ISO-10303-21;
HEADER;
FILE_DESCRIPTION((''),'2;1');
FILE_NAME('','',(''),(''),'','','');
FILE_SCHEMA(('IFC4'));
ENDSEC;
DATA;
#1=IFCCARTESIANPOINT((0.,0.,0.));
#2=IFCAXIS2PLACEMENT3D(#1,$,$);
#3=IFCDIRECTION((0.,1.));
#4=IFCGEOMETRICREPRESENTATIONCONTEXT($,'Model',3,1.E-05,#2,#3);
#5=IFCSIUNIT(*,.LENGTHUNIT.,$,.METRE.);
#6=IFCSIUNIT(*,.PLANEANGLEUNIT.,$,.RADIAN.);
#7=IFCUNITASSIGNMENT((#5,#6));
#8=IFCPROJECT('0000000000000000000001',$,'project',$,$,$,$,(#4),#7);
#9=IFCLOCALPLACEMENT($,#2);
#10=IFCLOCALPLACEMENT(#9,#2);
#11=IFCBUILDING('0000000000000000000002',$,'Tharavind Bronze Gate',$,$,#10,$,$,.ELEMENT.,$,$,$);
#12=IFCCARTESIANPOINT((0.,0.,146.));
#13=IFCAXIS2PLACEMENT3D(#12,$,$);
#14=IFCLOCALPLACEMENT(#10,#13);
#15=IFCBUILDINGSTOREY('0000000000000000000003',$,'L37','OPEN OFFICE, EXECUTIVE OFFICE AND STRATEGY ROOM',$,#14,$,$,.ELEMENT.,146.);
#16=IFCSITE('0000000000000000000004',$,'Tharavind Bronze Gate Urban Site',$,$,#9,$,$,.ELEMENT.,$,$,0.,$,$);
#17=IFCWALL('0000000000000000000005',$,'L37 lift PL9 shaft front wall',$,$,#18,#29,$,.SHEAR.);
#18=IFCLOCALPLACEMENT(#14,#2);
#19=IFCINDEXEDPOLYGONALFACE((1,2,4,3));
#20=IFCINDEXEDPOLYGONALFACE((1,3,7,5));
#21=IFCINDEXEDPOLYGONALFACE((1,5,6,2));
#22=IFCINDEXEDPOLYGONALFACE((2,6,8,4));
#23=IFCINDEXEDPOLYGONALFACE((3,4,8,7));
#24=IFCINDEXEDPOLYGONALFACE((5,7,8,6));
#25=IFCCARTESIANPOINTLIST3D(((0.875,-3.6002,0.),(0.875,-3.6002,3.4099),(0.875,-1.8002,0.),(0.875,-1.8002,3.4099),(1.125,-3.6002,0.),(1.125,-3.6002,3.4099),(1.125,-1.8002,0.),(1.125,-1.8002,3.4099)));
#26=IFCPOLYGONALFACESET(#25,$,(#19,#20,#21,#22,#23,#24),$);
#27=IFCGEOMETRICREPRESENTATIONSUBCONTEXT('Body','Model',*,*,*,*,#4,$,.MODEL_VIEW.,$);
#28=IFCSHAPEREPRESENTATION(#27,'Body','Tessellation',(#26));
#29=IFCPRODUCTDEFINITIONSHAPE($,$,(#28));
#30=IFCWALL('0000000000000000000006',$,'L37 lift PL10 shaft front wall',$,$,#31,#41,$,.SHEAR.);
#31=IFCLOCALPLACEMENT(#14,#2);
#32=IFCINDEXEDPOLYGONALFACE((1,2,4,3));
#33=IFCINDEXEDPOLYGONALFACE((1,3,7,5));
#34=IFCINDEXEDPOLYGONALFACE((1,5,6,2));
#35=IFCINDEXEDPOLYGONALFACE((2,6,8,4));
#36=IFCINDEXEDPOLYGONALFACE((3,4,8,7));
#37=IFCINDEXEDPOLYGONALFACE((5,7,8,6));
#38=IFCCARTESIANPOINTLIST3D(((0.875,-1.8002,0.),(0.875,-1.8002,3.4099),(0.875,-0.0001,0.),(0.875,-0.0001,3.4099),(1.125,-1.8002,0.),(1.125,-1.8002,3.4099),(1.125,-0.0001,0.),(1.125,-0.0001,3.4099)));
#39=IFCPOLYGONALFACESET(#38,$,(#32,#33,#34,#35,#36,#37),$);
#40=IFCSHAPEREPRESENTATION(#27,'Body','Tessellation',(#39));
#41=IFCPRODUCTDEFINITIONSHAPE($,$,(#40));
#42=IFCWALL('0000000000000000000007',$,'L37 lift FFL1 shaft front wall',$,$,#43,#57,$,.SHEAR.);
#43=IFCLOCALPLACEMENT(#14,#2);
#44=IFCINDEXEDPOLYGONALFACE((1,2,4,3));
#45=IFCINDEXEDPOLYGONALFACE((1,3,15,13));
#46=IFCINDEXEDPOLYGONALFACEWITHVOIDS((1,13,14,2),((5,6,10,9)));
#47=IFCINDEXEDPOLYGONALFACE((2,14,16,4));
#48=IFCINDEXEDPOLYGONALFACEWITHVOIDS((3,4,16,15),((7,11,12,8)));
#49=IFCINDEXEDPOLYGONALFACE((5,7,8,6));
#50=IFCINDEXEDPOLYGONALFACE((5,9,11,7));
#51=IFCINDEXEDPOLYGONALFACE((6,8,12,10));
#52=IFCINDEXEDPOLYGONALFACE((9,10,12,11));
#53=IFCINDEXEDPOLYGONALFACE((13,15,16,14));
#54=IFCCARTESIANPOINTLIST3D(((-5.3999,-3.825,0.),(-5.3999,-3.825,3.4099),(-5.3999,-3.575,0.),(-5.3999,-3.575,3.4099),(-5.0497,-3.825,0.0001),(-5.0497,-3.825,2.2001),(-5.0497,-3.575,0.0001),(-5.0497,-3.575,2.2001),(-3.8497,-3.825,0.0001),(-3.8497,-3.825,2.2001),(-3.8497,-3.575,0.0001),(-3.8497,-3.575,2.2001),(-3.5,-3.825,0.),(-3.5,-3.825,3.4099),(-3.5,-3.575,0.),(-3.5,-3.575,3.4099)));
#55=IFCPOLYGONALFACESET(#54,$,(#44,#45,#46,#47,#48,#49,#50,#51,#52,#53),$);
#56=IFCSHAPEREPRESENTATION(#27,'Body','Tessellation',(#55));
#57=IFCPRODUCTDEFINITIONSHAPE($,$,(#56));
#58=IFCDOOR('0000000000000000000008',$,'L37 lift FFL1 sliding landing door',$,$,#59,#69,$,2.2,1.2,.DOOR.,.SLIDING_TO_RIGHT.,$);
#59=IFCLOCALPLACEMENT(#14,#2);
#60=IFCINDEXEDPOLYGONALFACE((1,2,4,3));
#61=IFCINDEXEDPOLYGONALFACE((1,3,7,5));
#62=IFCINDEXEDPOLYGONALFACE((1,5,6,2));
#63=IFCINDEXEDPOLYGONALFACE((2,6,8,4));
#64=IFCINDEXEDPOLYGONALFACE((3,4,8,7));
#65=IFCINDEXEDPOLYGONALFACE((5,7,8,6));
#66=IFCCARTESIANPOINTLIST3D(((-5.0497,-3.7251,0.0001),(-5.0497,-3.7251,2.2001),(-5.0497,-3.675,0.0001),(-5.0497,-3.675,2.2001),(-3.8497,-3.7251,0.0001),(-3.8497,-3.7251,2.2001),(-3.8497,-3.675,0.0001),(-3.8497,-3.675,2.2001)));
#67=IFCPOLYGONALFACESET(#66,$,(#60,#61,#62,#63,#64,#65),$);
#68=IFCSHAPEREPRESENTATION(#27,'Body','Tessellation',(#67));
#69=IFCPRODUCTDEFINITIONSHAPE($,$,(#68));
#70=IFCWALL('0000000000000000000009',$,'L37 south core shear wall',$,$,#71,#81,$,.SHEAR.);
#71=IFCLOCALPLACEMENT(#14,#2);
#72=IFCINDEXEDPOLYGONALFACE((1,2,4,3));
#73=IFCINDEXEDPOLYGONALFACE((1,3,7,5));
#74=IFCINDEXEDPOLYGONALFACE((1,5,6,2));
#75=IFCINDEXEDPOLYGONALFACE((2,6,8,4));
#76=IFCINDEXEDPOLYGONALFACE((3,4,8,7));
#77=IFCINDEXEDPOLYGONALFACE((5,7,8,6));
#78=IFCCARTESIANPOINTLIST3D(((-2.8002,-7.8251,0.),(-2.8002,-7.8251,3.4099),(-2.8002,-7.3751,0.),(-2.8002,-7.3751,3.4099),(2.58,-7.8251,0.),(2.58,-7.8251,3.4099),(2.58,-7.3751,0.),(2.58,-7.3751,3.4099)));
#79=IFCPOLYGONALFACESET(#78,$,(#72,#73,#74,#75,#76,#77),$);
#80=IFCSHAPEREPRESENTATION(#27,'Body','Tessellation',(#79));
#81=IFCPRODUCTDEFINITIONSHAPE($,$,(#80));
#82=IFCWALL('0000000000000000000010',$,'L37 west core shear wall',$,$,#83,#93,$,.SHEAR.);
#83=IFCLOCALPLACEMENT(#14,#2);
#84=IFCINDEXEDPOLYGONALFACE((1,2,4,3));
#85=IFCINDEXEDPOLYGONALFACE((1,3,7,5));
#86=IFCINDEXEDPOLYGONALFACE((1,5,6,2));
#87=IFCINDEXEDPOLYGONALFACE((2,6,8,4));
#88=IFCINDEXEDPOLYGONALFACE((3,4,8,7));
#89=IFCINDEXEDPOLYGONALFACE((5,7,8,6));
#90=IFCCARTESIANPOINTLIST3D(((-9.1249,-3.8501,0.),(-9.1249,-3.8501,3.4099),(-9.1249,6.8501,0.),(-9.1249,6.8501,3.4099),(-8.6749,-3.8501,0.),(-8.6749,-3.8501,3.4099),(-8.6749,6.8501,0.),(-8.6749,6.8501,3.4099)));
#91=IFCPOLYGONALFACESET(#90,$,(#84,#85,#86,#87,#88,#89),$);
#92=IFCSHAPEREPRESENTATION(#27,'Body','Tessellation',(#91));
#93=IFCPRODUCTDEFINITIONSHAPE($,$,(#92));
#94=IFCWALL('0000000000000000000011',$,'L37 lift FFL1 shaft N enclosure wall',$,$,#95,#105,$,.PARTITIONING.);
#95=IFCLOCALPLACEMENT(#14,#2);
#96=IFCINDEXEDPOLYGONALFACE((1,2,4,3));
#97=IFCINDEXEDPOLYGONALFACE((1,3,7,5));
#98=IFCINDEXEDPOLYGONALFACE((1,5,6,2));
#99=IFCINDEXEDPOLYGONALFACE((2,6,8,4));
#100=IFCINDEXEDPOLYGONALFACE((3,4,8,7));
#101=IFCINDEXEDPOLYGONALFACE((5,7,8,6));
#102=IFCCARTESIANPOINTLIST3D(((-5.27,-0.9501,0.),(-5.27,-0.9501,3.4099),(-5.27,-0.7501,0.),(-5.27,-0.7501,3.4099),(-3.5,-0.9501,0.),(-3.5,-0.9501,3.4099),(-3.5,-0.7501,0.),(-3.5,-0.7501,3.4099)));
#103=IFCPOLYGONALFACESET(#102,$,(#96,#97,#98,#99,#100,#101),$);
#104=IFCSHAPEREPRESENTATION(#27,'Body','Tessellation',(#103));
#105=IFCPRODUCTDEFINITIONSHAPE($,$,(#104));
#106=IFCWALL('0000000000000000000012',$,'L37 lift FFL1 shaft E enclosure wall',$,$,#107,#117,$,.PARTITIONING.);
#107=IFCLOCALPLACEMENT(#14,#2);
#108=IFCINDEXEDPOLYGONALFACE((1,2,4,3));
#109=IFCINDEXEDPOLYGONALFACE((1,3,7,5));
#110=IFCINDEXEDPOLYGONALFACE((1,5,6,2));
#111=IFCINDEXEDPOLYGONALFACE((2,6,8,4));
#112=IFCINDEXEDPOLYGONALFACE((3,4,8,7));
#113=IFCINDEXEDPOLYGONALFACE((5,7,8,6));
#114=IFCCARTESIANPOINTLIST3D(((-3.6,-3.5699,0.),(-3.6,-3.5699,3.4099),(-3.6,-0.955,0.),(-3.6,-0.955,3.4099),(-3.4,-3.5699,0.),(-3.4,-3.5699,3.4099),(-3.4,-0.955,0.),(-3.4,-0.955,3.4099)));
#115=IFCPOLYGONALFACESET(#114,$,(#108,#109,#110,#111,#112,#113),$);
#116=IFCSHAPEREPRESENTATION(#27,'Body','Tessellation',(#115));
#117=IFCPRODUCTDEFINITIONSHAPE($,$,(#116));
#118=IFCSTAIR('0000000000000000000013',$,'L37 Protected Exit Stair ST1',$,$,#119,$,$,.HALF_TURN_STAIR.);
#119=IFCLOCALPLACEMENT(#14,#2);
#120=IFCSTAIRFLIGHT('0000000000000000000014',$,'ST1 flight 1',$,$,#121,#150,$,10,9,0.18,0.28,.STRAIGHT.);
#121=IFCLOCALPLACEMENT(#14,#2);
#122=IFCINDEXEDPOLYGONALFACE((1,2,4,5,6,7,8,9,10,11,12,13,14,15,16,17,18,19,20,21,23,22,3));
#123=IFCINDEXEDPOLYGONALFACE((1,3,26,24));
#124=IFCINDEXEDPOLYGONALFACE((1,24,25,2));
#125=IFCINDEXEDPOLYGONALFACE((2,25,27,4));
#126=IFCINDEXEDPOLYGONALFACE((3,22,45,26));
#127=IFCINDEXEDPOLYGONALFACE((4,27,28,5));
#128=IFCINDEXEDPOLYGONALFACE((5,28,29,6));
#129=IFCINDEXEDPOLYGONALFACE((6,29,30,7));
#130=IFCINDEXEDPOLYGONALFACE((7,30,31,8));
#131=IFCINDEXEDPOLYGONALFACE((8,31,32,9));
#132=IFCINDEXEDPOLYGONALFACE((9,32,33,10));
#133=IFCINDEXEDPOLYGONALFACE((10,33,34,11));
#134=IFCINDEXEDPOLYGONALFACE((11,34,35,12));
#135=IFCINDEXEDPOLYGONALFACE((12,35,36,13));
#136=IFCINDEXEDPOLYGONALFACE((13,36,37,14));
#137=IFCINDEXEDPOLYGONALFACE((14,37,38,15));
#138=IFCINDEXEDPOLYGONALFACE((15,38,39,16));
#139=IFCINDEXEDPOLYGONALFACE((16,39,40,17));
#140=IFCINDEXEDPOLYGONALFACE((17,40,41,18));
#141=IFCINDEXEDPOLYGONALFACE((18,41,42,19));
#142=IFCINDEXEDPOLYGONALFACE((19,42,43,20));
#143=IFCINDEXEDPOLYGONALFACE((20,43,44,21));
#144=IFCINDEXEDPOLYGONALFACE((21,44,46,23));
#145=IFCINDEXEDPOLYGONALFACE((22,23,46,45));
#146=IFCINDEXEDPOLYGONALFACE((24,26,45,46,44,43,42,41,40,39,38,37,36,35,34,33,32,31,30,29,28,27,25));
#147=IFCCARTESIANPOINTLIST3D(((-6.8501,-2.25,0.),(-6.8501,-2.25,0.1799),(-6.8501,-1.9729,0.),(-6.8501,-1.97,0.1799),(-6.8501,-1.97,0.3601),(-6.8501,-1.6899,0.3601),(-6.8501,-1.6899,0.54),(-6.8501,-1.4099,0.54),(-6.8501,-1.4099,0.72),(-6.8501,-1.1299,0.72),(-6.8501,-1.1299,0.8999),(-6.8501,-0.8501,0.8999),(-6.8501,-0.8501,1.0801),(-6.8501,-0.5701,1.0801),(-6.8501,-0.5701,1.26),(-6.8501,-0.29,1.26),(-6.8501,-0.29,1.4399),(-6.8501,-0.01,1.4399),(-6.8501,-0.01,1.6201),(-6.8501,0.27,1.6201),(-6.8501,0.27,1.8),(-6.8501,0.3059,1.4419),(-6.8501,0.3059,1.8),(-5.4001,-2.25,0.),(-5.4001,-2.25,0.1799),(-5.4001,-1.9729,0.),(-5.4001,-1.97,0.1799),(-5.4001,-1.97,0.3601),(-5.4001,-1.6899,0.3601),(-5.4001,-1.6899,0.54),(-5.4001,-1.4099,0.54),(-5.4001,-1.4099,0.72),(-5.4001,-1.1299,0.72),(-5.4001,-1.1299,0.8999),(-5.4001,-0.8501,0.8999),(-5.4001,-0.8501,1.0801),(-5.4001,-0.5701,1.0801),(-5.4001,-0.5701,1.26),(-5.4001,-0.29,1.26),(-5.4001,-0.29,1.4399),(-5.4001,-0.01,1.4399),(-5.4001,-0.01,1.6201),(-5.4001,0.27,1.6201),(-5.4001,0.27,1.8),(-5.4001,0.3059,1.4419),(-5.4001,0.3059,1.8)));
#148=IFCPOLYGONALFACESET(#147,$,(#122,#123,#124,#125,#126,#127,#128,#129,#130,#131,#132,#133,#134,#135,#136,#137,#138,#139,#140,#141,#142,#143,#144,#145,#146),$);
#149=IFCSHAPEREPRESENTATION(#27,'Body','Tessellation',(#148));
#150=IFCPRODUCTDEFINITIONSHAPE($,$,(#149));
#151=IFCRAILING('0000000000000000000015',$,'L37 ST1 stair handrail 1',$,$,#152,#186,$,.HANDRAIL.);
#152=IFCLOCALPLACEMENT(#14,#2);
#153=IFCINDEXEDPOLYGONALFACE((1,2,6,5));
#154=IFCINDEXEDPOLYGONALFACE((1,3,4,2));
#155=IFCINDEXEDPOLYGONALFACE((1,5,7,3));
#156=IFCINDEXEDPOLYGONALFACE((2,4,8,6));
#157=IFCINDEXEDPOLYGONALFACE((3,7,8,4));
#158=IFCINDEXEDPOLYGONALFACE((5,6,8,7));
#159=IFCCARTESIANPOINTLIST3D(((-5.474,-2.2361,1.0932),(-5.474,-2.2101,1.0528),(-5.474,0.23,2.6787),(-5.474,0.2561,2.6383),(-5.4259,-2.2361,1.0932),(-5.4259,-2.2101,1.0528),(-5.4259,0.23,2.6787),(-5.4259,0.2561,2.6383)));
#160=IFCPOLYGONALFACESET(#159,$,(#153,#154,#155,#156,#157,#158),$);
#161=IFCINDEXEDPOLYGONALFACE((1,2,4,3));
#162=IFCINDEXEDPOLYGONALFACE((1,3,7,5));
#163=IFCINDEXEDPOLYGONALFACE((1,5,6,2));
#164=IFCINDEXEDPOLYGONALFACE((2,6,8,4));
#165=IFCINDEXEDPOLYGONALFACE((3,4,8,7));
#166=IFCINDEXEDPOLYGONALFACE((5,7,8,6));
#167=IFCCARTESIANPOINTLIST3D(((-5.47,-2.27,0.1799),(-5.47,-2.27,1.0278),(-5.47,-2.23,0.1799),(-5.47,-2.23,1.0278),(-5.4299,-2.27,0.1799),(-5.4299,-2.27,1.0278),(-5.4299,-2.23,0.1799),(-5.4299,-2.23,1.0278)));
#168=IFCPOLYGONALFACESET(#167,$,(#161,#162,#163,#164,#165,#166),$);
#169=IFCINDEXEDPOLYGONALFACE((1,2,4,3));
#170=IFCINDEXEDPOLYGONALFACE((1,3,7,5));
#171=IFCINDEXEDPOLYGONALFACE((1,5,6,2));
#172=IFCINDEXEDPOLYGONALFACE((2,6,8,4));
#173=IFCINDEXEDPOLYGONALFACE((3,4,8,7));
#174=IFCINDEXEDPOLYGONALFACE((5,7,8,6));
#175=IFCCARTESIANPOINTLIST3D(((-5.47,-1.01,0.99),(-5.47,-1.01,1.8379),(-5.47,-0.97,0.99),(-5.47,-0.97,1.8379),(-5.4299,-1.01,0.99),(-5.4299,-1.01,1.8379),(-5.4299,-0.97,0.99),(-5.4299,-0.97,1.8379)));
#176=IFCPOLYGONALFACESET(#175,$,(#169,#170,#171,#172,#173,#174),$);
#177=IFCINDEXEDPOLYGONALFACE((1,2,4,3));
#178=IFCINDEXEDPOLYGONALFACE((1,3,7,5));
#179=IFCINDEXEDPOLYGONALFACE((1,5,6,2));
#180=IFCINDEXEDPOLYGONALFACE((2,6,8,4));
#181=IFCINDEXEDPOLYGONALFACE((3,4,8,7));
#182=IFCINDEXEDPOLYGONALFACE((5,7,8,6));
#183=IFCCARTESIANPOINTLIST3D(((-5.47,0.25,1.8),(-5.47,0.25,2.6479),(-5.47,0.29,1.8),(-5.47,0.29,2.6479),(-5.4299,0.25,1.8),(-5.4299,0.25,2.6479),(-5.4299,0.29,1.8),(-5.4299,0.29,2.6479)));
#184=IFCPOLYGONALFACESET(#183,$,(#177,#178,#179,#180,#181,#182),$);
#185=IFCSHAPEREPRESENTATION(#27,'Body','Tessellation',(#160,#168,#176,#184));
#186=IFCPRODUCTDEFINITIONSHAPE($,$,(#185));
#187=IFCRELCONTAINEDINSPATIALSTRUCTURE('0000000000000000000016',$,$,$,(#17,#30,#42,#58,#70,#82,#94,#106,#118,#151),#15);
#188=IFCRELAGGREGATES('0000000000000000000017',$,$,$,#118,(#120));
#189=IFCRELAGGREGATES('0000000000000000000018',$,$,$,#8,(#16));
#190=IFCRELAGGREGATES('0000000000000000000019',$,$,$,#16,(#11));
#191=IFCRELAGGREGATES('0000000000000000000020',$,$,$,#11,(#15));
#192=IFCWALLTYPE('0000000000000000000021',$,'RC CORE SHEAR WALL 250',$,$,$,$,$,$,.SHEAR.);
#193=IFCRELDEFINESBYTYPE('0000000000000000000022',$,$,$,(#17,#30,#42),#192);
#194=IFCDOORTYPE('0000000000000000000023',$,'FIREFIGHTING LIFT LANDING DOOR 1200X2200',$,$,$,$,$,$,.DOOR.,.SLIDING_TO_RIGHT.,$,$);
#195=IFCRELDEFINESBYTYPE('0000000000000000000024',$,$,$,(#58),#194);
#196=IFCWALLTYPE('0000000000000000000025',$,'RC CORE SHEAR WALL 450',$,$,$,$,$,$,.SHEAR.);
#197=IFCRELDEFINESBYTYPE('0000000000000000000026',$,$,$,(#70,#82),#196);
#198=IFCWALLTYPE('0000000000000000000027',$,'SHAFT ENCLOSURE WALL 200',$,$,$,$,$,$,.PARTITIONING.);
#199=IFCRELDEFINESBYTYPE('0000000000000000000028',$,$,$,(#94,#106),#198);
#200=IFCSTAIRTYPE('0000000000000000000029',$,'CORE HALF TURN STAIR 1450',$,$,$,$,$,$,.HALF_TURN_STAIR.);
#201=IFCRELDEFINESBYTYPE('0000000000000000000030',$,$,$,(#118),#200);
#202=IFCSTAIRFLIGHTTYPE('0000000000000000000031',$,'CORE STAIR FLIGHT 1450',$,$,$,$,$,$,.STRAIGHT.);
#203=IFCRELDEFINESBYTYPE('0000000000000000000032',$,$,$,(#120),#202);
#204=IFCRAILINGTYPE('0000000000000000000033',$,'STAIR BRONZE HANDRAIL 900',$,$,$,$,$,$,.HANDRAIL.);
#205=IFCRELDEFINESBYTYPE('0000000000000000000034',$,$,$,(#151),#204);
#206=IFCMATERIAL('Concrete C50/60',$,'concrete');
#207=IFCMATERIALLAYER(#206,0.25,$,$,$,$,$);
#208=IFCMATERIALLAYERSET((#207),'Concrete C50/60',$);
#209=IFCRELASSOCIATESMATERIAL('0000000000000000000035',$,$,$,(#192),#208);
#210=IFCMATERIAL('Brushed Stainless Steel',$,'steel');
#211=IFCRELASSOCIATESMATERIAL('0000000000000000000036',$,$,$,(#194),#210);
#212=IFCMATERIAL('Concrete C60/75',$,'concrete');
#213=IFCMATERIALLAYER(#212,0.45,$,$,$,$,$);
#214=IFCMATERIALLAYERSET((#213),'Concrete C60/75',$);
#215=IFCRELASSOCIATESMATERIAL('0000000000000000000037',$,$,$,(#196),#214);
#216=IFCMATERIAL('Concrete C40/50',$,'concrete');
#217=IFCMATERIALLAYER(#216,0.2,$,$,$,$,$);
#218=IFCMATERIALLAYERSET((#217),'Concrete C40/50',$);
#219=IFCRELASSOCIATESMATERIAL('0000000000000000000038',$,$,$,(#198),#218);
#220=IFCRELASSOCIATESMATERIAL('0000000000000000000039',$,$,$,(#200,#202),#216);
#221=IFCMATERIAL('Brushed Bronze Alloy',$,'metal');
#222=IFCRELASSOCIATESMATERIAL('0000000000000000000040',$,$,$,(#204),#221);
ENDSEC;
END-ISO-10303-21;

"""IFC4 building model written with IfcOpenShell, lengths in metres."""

from ifc_helpers import new_model, si_unit, direction, frame, frame_2d, origin, origin_2d, place, context, subcontext, project, spatial, polyline, rectangle, outline, extrude, material, layer, layer_set, type_object, element, fill, aggregate, save


model = new_model("IFC4")

# Units and contexts
model_context = context("Model", 3, precision=1e-05, world=origin(), true_north=direction((0.0, 1.0)))
body_context = subcontext(model_context, "Body", "Model", "MODEL_VIEW")
ifc_project = project(units=[si_unit("LENGTHUNIT", "METRE"), si_unit("PLANEANGLEUNIT", "RADIAN")], contexts=[model_context])

# Site, building, storey
site_placement = place(None, origin())
site = spatial("IfcSite", under=ifc_project, at=site_placement, Name="Tharavind Bronze Gate Urban Site", CompositionType="ELEMENT", RefElevation=0.0)
building_placement = place(site_placement, origin())
building = spatial("IfcBuilding", under=site, at=building_placement, Name="Tharavind Bronze Gate", CompositionType="ELEMENT")
storey_placement = place(building_placement, frame((0.0, 0.0, 146.0)))
storey = spatial("IfcBuildingStorey", under=building, at=storey_placement, Name="L37", Description="OPEN OFFICE, EXECUTIVE OFFICE AND STRATEGY ROOM", CompositionType="ELEMENT", Elevation=146.0)

# Shared definitions
ifc_material_1 = material(Name="Concrete C60/75", Category="concrete")

# Shared definitions
ifc_material_2 = material(Name="Concrete C50/60", Category="concrete")
ifc_layer_1 = layer(ifc_material_2, 0.25)
ifc_layer_set_1 = layer_set([ifc_layer_1], Name="Concrete C50/60")
wall_type_1 = type_object("IfcWallType", Name="RC CORE SHEAR WALL 250", PredefinedType="SHEAR", material=ifc_layer_set_1)

# Walls
for number, where, z_axis, x_axis, name in (
    (1, (1.0, -3.6001, 0.0), (0.0, 0.0, 1.0), (0.0, 1.0, 0.0), "L37 lift PL9 shaft front wall"),
    (2, (1.0, -1.8, 0.0), (0.0, 0.0, 1.0), (0.0, 1.0, 0.0), "L37 lift PL10 shaft front wall"),
):
    element("IfcWall", number, at=place(storey_placement, frame(where, z_axis=z_axis, x_axis=x_axis)), inside=storey, type_object=wall_type_1, Name=name, PredefinedType="SHEAR", context=body_context, shape_type="SweptSolid", body=[
        extrude(rectangle(XDim=1.8, YDim=0.25, at=frame_2d((0.8999, 0.0))), origin(), (0.0, 0.0, 1.0), 3.4099),
    ])

# Wall, opening, door
wall_1_placement = place(storey_placement, frame((-5.3999, -3.7, 0.0), z_axis=(0.0, 0.0, 1.0), x_axis=(1.0, 0.0, 0.0)))
wall_1 = element("IfcWall", 3, at=wall_1_placement, inside=storey, type_object=wall_type_1, Name="L37 lift FFL1 shaft front wall", PredefinedType="SHEAR", context=body_context, shape_type="SweptSolid", body=[
    extrude(rectangle(XDim=1.8999, YDim=0.25, at=frame_2d((0.95, 0.0))), origin(), (0.0, 0.0, 1.0), 3.4099),
])
opening_1_placement = place(wall_1_placement, frame((0.3501, 0.0, 0.0)))
opening_1 = element("IfcOpeningElement", 4, at=opening_1_placement, cuts=wall_1, PredefinedType="OPENING", context=body_context, shape_type="SweptSolid", body=[
    extrude(rectangle(XDim=1.2, YDim=2.2, at=frame_2d((0.6001, 1.1001))), frame((0.0, 0.135, 0.0), z_axis=(0.0, -1.0, 0.0), x_axis=(1.0, 0.0, 0.0)), (0.0, 0.0, 1.0), 0.27),
])
ifc_material_3 = material(Name="Brushed Stainless Steel", Category="steel")
door_type_1 = type_object("IfcDoorType", Name="FIREFIGHTING LIFT LANDING DOOR 1200X2200", OperationType="SLIDING_TO_RIGHT", PredefinedType="DOOR", material=ifc_material_3)
door_1_placement = place(opening_1_placement, origin())
door_1 = element("IfcDoor", 5, at=door_1_placement, inside=storey, type_object=door_type_1, Name="L37 lift FFL1 sliding landing door", OperationType="SLIDING_TO_RIGHT", OverallHeight=2.2, OverallWidth=1.2, PredefinedType="DOOR", context=body_context, shape_type="SweptSolid", body=[
    extrude(rectangle(XDim=1.2, YDim=2.2, at=frame_2d((0.6001, 1.1001))), frame((0.0, 0.0249, 0.0), z_axis=(0.0, -1.0, 0.0), x_axis=(1.0, 0.0, 0.0)), (0.0, 0.0, 1.0), 0.05),
])
fill(opening_1, door_1)

# Walls
ifc_layer_2 = layer(ifc_material_1, 0.45)
ifc_layer_set_2 = layer_set([ifc_layer_2], Name="Concrete C60/75")
wall_type_2 = type_object("IfcWallType", Name="RC CORE SHEAR WALL 450", PredefinedType="SHEAR", material=ifc_layer_set_2)
wall_2_placement = place(storey_placement, frame((-2.8, -7.6001, 0.0), z_axis=(0.0, 0.0, 1.0), x_axis=(1.0, 0.0, 0.0)))
element("IfcWall", 6, at=wall_2_placement, inside=storey, type_object=wall_type_2, Name="L37 south core shear wall", PredefinedType="SHEAR", context=body_context, shape_type="SweptSolid", body=[
    extrude(rectangle(XDim=5.3801, YDim=0.45, at=frame_2d((2.6899, 0.0))), origin(), (0.0, 0.0, 1.0), 3.4099),
])
wall_3_placement = place(storey_placement, frame((-8.8999, -3.8501, 0.0), z_axis=(0.0, 0.0, 1.0), x_axis=(0.0, 1.0, 0.0)))
element("IfcWall", 7, at=wall_3_placement, inside=storey, type_object=wall_type_2, Name="L37 west core shear wall", PredefinedType="SHEAR", context=body_context, shape_type="SweptSolid", body=[
    extrude(rectangle(XDim=10.7002, YDim=0.45, at=frame_2d((5.3501, 0.0))), origin(), (0.0, 0.0, 1.0), 3.4099),
])
ifc_material_4 = material(Name="Concrete C40/50", Category="concrete")
ifc_layer_3 = layer(ifc_material_4, 0.2)
ifc_layer_set_3 = layer_set([ifc_layer_3], Name="Concrete C40/50")
wall_type_3 = type_object("IfcWallType", Name="SHAFT ENCLOSURE WALL 200", PredefinedType="PARTITIONING", material=ifc_layer_set_3)
wall_4_placement = place(storey_placement, frame((-5.27, -0.8501, 0.0), z_axis=(0.0, 0.0, 1.0), x_axis=(1.0, 0.0, 0.0)))
element("IfcWall", 8, at=wall_4_placement, inside=storey, type_object=wall_type_3, Name="L37 lift FFL1 shaft N enclosure wall", PredefinedType="PARTITIONING", context=body_context, shape_type="SweptSolid", body=[
    extrude(rectangle(XDim=1.77, YDim=0.2, at=frame_2d((0.885, 0.0))), origin(), (0.0, 0.0, 1.0), 3.4099),
])
wall_5_placement = place(storey_placement, frame((-3.5, -3.5701, 0.0), z_axis=(0.0, 0.0, 1.0), x_axis=(0.0, 1.0, 0.0)))
element("IfcWall", 9, at=wall_5_placement, inside=storey, type_object=wall_type_3, Name="L37 lift FFL1 shaft E enclosure wall", PredefinedType="PARTITIONING", context=body_context, shape_type="SweptSolid", body=[
    extrude(rectangle(XDim=2.615, YDim=0.2, at=frame_2d((1.3076, 0.0))), origin(), (0.0, 0.0, 1.0), 3.4099),
])

# Stair, stair flight
stair_type = type_object("IfcStairType", Name="CORE HALF TURN STAIR 1450", PredefinedType="HALF_TURN_STAIR", material=ifc_material_4)
stair_placement = place(storey_placement, origin())
stair = element("IfcStair", 10, at=stair_placement, inside=storey, type_object=stair_type, Name="L37 Protected Exit Stair ST1", PredefinedType="HALF_TURN_STAIR")
stair_flight_type = type_object("IfcStairFlightType", Name="CORE STAIR FLIGHT 1450", PredefinedType="STRAIGHT", material=ifc_material_4)
stair_flight_placement = place(storey_placement, frame((-6.125, -2.25, 0.0), z_axis=(0.0, 0.0, 1.0), x_axis=(0.0, 1.0, 0.0)))
stair_flight = element("IfcStairFlight", 11, at=stair_flight_placement, type_object=stair_flight_type, Name="ST1 flight 1", NumberOfRisers=10, NumberOfTreads=9, PredefinedType="STRAIGHT", RiserHeight=0.18, TreadLength=0.28, context=body_context, shape_type="SweptSolid", body=[
    extrude(outline(polyline([(0.0, 0.0), (0.0, 0.1799), (0.28, 0.1799), (0.28, 0.3601), (0.5601, 0.3601), (0.5601, 0.54), (0.8401, 0.54), (0.8401, 0.72), (1.1201, 0.72), (1.1201, 0.8999), (1.3999, 0.8999), (1.3999, 1.0801), (1.6799, 1.0801), (1.6799, 1.26), (1.96, 1.26), (1.96, 1.4399), (2.24, 1.4399), (2.24, 1.6201), (2.52, 1.6201), (2.52, 1.8), (2.5559, 1.8), (2.5559, 1.4419), (0.2771, 0.0), (0.0, 0.0)])), frame((0.0, 0.7251, 0.0), z_axis=(0.0, -1.0, 0.0), x_axis=(1.0, 0.0, 0.0)), (0.0, 0.0, 1.0), 1.45),
])
aggregate(stair, [stair_flight])

# Railing
ifc_material_5 = material(Name="Brushed Bronze Alloy", Category="metal")
railing_type_1 = type_object("IfcRailingType", Name="STAIR BRONZE HANDRAIL 900", PredefinedType="HANDRAIL", material=ifc_material_5)
railing_1_placement = place(storey_placement, frame((-5.45, -2.25, 0.1799)))
element("IfcRailing", 12, at=railing_1_placement, inside=storey, type_object=railing_type_1, Name="L37 ST1 stair handrail 1", PredefinedType="HANDRAIL", context=body_context, shape_type="SweptSolid", body=[
    extrude(rectangle(XDim=0.0481, YDim=0.0481, at=origin_2d()), frame((0.0, 0.0269, 0.8931), z_axis=(0.0, 0.841163, 0.540782), x_axis=(-1.0, 0.0, 0.0)), (0.0, 0.0, 1.0), 2.9319),
    extrude(rectangle(XDim=0.04, YDim=0.04, at=origin_2d()), origin(), (0.0, 0.0, 1.0), 0.8479),
    extrude(rectangle(XDim=0.04, YDim=0.04, at=origin_2d()), frame((0.0, 1.26, 0.8101)), (0.0, 0.0, 1.0), 0.8479),
    extrude(rectangle(XDim=0.04, YDim=0.04, at=origin_2d()), frame((0.0, 2.52, 1.6201)), (0.0, 0.0, 1.0), 0.8479),
])

save(model, "model.ifc")
